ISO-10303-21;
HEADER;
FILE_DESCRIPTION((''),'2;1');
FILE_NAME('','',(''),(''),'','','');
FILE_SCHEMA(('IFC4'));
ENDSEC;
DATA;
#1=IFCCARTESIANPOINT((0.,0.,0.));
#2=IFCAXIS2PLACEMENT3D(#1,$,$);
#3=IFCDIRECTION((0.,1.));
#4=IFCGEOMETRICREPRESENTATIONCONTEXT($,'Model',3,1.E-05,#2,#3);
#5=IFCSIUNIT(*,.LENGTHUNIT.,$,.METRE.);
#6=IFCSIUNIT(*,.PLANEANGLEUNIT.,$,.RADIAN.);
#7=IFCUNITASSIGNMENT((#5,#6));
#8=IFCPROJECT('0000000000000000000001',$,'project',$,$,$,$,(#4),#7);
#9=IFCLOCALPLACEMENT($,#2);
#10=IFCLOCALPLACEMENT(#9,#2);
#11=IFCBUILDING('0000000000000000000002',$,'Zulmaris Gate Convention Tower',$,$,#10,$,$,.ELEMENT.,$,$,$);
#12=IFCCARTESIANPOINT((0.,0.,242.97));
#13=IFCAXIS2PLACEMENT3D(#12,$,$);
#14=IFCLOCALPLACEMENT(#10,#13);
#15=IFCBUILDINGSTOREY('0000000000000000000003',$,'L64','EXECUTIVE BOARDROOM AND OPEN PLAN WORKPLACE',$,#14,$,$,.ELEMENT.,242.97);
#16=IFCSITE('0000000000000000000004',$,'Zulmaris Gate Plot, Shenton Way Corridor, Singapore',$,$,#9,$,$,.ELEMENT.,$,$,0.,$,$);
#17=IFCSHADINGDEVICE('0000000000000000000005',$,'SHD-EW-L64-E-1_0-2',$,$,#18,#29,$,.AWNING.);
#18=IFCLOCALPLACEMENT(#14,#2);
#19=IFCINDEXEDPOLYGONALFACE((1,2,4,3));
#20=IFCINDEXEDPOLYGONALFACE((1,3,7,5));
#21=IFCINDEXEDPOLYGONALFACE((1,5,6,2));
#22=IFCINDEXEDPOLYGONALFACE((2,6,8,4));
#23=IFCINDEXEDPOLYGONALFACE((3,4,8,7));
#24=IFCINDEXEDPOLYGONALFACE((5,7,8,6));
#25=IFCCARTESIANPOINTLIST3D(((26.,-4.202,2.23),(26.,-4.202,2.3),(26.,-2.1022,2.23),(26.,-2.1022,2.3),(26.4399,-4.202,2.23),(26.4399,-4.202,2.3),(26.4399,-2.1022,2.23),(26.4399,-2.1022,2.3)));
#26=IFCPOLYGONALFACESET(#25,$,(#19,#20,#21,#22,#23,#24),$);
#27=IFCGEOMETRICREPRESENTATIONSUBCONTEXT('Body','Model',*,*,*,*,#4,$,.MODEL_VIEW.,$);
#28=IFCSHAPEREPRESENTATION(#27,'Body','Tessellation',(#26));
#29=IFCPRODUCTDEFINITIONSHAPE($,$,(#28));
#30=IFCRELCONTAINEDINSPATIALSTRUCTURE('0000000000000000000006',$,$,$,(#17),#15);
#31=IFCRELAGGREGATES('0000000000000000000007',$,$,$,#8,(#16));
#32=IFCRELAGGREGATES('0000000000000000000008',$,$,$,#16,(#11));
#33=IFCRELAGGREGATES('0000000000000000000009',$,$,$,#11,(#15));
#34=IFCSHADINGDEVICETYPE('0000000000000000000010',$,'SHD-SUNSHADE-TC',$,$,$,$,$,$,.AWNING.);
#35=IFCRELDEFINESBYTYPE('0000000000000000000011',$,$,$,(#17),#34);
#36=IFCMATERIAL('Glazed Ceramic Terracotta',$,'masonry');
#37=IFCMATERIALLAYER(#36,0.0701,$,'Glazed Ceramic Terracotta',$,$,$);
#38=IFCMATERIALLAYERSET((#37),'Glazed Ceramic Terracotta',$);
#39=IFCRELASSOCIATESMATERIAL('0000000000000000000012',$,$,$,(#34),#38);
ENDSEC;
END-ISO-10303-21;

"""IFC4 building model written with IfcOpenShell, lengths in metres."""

from ifc_helpers import new_model, si_unit, direction, frame, frame_2d, origin, place, context, subcontext, project, spatial, rectangle, extrude, material, layer, layer_set, type_object, element, save


model = new_model("IFC4")

# Units and contexts
model_context = context("Model", 3, precision=1e-05, world=origin(), true_north=direction((0.0, 1.0)))
body_context = subcontext(model_context, "Body", "Model", "MODEL_VIEW")
ifc_project = project(units=[si_unit("LENGTHUNIT", "METRE"), si_unit("PLANEANGLEUNIT", "RADIAN")], contexts=[model_context])

# Site, building, storey
site_placement = place(None, origin())
site = spatial("IfcSite", under=ifc_project, at=site_placement, Name="Zulmaris Gate Plot, Shenton Way Corridor, Singapore", CompositionType="ELEMENT", RefElevation=0.0)
building_placement = place(site_placement, origin())
building = spatial("IfcBuilding", under=site, at=building_placement, Name="Zulmaris Gate Convention Tower", CompositionType="ELEMENT")
storey_placement = place(building_placement, frame((0.0, 0.0, 242.97)))
storey = spatial("IfcBuildingStorey", under=building, at=storey_placement, Name="L64", Description="EXECUTIVE BOARDROOM AND OPEN PLAN WORKPLACE", CompositionType="ELEMENT", Elevation=242.97)

# Shading device
ifc_material_1 = material(Name="Glazed Ceramic Terracotta", Category="masonry")
ifc_layer_1 = layer(ifc_material_1, 0.0701, Name="Glazed Ceramic Terracotta")
ifc_layer_set_1 = layer_set([ifc_layer_1], Name="Glazed Ceramic Terracotta")
shading_device_type = type_object("IfcShadingDeviceType", Name="SHD-SUNSHADE-TC", PredefinedType="AWNING", material=ifc_layer_set_1)
for number, where, z_axis, x_axis, name in (
    (1, (26.22, -4.2019, 2.23), (0.0, 0.0, 1.0), (0.0, 1.0, 0.0), "SHD-EW-L64-E-1_0-2"),
):
    element("IfcShadingDevice", number, at=place(storey_placement, frame(where, z_axis=z_axis, x_axis=x_axis)), inside=storey, type_object=shading_device_type, Name=name, PredefinedType="AWNING", context=body_context, shape_type="SweptSolid", body=[
        extrude(rectangle(XDim=2.0999, YDim=0.4399, at=frame_2d((1.0498, 0.0))), origin(), (0.0, 0.0, 1.0), 0.0701),
    ])

save(model, "model.ifc")
